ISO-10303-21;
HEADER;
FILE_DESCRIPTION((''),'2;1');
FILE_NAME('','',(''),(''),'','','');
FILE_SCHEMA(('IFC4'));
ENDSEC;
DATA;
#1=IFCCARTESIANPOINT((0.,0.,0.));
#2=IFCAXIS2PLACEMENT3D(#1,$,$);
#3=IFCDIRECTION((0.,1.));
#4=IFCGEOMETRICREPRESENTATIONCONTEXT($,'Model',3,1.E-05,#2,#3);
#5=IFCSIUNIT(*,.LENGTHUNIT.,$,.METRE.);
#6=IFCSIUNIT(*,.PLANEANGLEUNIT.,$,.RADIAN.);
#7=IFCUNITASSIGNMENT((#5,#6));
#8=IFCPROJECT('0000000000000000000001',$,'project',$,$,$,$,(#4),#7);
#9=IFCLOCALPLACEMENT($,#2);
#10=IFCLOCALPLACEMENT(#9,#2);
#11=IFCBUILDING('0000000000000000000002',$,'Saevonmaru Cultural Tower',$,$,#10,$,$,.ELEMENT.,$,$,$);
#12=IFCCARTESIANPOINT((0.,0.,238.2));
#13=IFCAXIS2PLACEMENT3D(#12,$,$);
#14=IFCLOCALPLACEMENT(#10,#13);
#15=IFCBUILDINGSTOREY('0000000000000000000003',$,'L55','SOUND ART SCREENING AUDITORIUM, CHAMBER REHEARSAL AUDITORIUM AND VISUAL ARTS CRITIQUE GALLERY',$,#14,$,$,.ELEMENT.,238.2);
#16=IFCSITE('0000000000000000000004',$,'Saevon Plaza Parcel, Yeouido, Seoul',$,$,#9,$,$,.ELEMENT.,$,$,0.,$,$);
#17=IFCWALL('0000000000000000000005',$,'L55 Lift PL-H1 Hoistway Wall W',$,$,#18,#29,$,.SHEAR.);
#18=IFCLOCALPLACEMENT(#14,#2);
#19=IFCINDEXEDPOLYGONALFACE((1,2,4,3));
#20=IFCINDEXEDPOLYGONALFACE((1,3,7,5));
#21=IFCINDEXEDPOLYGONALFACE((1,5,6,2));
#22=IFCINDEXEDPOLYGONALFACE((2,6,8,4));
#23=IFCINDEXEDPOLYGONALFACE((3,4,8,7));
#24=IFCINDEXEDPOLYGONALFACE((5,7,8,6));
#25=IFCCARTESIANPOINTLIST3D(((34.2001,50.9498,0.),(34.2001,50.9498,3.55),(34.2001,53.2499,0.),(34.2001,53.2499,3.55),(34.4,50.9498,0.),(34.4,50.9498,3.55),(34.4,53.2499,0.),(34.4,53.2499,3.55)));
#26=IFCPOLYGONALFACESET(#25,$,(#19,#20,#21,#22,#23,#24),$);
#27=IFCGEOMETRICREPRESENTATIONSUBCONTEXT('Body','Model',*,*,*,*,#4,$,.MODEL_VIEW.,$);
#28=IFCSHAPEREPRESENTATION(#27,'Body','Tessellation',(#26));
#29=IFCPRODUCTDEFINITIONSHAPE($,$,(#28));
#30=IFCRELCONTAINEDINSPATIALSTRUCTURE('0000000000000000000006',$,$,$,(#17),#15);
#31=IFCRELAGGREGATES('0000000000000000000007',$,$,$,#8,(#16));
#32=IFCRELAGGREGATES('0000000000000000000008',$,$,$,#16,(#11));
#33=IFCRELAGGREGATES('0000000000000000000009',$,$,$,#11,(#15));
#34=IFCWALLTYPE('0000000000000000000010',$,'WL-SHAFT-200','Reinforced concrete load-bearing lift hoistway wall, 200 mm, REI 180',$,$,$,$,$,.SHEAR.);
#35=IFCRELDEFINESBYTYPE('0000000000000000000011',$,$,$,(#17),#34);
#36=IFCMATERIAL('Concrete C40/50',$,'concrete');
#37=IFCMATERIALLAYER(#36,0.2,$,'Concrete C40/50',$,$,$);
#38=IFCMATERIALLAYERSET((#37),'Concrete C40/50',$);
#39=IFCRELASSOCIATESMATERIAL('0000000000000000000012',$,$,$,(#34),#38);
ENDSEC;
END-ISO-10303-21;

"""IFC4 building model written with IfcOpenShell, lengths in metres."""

from ifc_helpers import new_model, si_unit, direction, frame, frame_2d, origin, place, context, subcontext, project, spatial, rectangle, extrude, material, layer, layer_set, type_object, element, save


model = new_model("IFC4")

# Units and contexts
model_context = context("Model", 3, precision=1e-05, world=origin(), true_north=direction((0.0, 1.0)))
body_context = subcontext(model_context, "Body", "Model", "MODEL_VIEW")
ifc_project = project(units=[si_unit("LENGTHUNIT", "METRE"), si_unit("PLANEANGLEUNIT", "RADIAN")], contexts=[model_context])

# Site, building, storey
site_placement = place(None, origin())
site = spatial("IfcSite", under=ifc_project, at=site_placement, Name="Saevon Plaza Parcel, Yeouido, Seoul", CompositionType="ELEMENT", RefElevation=0.0)
building_placement = place(site_placement, origin())
building = spatial("IfcBuilding", under=site, at=building_placement, Name="Saevonmaru Cultural Tower", CompositionType="ELEMENT")
storey_placement = place(building_placement, frame((0.0, 0.0, 238.2)))
storey = spatial("IfcBuildingStorey", under=building, at=storey_placement, Name="L55", Description="SOUND ART SCREENING AUDITORIUM, CHAMBER REHEARSAL AUDITORIUM AND VISUAL ARTS CRITIQUE GALLERY", CompositionType="ELEMENT", Elevation=238.2)

# Shared definitions
ifc_material_1 = material(Name="Concrete C40/50", Category="concrete")
ifc_layer_1 = layer(ifc_material_1, 0.2, Name="Concrete C40/50")
ifc_layer_set_1 = layer_set([ifc_layer_1], Name="Concrete C40/50")
wall_type_1 = type_object("IfcWallType", Name="WL-SHAFT-200", Description="Reinforced concrete load-bearing lift hoistway wall, 200 mm, REI 180", PredefinedType="SHEAR", material=ifc_layer_set_1)

# Wall
wall_1_placement = place(storey_placement, frame((34.3, 50.95, 0.0), z_axis=(0.0, 0.0, 1.0), x_axis=(0.0, 1.0, 0.0)))
element("IfcWall", 1, at=wall_1_placement, inside=storey, type_object=wall_type_1, Name="L55 Lift PL-H1 Hoistway Wall W", PredefinedType="SHEAR", context=body_context, shape_type="SweptSolid", body=[
    extrude(rectangle(XDim=2.3, YDim=0.2, at=frame_2d((1.1499, 0.0))), origin(), (0.0, 0.0, 1.0), 3.55),
])

save(model, "model.ifc")
